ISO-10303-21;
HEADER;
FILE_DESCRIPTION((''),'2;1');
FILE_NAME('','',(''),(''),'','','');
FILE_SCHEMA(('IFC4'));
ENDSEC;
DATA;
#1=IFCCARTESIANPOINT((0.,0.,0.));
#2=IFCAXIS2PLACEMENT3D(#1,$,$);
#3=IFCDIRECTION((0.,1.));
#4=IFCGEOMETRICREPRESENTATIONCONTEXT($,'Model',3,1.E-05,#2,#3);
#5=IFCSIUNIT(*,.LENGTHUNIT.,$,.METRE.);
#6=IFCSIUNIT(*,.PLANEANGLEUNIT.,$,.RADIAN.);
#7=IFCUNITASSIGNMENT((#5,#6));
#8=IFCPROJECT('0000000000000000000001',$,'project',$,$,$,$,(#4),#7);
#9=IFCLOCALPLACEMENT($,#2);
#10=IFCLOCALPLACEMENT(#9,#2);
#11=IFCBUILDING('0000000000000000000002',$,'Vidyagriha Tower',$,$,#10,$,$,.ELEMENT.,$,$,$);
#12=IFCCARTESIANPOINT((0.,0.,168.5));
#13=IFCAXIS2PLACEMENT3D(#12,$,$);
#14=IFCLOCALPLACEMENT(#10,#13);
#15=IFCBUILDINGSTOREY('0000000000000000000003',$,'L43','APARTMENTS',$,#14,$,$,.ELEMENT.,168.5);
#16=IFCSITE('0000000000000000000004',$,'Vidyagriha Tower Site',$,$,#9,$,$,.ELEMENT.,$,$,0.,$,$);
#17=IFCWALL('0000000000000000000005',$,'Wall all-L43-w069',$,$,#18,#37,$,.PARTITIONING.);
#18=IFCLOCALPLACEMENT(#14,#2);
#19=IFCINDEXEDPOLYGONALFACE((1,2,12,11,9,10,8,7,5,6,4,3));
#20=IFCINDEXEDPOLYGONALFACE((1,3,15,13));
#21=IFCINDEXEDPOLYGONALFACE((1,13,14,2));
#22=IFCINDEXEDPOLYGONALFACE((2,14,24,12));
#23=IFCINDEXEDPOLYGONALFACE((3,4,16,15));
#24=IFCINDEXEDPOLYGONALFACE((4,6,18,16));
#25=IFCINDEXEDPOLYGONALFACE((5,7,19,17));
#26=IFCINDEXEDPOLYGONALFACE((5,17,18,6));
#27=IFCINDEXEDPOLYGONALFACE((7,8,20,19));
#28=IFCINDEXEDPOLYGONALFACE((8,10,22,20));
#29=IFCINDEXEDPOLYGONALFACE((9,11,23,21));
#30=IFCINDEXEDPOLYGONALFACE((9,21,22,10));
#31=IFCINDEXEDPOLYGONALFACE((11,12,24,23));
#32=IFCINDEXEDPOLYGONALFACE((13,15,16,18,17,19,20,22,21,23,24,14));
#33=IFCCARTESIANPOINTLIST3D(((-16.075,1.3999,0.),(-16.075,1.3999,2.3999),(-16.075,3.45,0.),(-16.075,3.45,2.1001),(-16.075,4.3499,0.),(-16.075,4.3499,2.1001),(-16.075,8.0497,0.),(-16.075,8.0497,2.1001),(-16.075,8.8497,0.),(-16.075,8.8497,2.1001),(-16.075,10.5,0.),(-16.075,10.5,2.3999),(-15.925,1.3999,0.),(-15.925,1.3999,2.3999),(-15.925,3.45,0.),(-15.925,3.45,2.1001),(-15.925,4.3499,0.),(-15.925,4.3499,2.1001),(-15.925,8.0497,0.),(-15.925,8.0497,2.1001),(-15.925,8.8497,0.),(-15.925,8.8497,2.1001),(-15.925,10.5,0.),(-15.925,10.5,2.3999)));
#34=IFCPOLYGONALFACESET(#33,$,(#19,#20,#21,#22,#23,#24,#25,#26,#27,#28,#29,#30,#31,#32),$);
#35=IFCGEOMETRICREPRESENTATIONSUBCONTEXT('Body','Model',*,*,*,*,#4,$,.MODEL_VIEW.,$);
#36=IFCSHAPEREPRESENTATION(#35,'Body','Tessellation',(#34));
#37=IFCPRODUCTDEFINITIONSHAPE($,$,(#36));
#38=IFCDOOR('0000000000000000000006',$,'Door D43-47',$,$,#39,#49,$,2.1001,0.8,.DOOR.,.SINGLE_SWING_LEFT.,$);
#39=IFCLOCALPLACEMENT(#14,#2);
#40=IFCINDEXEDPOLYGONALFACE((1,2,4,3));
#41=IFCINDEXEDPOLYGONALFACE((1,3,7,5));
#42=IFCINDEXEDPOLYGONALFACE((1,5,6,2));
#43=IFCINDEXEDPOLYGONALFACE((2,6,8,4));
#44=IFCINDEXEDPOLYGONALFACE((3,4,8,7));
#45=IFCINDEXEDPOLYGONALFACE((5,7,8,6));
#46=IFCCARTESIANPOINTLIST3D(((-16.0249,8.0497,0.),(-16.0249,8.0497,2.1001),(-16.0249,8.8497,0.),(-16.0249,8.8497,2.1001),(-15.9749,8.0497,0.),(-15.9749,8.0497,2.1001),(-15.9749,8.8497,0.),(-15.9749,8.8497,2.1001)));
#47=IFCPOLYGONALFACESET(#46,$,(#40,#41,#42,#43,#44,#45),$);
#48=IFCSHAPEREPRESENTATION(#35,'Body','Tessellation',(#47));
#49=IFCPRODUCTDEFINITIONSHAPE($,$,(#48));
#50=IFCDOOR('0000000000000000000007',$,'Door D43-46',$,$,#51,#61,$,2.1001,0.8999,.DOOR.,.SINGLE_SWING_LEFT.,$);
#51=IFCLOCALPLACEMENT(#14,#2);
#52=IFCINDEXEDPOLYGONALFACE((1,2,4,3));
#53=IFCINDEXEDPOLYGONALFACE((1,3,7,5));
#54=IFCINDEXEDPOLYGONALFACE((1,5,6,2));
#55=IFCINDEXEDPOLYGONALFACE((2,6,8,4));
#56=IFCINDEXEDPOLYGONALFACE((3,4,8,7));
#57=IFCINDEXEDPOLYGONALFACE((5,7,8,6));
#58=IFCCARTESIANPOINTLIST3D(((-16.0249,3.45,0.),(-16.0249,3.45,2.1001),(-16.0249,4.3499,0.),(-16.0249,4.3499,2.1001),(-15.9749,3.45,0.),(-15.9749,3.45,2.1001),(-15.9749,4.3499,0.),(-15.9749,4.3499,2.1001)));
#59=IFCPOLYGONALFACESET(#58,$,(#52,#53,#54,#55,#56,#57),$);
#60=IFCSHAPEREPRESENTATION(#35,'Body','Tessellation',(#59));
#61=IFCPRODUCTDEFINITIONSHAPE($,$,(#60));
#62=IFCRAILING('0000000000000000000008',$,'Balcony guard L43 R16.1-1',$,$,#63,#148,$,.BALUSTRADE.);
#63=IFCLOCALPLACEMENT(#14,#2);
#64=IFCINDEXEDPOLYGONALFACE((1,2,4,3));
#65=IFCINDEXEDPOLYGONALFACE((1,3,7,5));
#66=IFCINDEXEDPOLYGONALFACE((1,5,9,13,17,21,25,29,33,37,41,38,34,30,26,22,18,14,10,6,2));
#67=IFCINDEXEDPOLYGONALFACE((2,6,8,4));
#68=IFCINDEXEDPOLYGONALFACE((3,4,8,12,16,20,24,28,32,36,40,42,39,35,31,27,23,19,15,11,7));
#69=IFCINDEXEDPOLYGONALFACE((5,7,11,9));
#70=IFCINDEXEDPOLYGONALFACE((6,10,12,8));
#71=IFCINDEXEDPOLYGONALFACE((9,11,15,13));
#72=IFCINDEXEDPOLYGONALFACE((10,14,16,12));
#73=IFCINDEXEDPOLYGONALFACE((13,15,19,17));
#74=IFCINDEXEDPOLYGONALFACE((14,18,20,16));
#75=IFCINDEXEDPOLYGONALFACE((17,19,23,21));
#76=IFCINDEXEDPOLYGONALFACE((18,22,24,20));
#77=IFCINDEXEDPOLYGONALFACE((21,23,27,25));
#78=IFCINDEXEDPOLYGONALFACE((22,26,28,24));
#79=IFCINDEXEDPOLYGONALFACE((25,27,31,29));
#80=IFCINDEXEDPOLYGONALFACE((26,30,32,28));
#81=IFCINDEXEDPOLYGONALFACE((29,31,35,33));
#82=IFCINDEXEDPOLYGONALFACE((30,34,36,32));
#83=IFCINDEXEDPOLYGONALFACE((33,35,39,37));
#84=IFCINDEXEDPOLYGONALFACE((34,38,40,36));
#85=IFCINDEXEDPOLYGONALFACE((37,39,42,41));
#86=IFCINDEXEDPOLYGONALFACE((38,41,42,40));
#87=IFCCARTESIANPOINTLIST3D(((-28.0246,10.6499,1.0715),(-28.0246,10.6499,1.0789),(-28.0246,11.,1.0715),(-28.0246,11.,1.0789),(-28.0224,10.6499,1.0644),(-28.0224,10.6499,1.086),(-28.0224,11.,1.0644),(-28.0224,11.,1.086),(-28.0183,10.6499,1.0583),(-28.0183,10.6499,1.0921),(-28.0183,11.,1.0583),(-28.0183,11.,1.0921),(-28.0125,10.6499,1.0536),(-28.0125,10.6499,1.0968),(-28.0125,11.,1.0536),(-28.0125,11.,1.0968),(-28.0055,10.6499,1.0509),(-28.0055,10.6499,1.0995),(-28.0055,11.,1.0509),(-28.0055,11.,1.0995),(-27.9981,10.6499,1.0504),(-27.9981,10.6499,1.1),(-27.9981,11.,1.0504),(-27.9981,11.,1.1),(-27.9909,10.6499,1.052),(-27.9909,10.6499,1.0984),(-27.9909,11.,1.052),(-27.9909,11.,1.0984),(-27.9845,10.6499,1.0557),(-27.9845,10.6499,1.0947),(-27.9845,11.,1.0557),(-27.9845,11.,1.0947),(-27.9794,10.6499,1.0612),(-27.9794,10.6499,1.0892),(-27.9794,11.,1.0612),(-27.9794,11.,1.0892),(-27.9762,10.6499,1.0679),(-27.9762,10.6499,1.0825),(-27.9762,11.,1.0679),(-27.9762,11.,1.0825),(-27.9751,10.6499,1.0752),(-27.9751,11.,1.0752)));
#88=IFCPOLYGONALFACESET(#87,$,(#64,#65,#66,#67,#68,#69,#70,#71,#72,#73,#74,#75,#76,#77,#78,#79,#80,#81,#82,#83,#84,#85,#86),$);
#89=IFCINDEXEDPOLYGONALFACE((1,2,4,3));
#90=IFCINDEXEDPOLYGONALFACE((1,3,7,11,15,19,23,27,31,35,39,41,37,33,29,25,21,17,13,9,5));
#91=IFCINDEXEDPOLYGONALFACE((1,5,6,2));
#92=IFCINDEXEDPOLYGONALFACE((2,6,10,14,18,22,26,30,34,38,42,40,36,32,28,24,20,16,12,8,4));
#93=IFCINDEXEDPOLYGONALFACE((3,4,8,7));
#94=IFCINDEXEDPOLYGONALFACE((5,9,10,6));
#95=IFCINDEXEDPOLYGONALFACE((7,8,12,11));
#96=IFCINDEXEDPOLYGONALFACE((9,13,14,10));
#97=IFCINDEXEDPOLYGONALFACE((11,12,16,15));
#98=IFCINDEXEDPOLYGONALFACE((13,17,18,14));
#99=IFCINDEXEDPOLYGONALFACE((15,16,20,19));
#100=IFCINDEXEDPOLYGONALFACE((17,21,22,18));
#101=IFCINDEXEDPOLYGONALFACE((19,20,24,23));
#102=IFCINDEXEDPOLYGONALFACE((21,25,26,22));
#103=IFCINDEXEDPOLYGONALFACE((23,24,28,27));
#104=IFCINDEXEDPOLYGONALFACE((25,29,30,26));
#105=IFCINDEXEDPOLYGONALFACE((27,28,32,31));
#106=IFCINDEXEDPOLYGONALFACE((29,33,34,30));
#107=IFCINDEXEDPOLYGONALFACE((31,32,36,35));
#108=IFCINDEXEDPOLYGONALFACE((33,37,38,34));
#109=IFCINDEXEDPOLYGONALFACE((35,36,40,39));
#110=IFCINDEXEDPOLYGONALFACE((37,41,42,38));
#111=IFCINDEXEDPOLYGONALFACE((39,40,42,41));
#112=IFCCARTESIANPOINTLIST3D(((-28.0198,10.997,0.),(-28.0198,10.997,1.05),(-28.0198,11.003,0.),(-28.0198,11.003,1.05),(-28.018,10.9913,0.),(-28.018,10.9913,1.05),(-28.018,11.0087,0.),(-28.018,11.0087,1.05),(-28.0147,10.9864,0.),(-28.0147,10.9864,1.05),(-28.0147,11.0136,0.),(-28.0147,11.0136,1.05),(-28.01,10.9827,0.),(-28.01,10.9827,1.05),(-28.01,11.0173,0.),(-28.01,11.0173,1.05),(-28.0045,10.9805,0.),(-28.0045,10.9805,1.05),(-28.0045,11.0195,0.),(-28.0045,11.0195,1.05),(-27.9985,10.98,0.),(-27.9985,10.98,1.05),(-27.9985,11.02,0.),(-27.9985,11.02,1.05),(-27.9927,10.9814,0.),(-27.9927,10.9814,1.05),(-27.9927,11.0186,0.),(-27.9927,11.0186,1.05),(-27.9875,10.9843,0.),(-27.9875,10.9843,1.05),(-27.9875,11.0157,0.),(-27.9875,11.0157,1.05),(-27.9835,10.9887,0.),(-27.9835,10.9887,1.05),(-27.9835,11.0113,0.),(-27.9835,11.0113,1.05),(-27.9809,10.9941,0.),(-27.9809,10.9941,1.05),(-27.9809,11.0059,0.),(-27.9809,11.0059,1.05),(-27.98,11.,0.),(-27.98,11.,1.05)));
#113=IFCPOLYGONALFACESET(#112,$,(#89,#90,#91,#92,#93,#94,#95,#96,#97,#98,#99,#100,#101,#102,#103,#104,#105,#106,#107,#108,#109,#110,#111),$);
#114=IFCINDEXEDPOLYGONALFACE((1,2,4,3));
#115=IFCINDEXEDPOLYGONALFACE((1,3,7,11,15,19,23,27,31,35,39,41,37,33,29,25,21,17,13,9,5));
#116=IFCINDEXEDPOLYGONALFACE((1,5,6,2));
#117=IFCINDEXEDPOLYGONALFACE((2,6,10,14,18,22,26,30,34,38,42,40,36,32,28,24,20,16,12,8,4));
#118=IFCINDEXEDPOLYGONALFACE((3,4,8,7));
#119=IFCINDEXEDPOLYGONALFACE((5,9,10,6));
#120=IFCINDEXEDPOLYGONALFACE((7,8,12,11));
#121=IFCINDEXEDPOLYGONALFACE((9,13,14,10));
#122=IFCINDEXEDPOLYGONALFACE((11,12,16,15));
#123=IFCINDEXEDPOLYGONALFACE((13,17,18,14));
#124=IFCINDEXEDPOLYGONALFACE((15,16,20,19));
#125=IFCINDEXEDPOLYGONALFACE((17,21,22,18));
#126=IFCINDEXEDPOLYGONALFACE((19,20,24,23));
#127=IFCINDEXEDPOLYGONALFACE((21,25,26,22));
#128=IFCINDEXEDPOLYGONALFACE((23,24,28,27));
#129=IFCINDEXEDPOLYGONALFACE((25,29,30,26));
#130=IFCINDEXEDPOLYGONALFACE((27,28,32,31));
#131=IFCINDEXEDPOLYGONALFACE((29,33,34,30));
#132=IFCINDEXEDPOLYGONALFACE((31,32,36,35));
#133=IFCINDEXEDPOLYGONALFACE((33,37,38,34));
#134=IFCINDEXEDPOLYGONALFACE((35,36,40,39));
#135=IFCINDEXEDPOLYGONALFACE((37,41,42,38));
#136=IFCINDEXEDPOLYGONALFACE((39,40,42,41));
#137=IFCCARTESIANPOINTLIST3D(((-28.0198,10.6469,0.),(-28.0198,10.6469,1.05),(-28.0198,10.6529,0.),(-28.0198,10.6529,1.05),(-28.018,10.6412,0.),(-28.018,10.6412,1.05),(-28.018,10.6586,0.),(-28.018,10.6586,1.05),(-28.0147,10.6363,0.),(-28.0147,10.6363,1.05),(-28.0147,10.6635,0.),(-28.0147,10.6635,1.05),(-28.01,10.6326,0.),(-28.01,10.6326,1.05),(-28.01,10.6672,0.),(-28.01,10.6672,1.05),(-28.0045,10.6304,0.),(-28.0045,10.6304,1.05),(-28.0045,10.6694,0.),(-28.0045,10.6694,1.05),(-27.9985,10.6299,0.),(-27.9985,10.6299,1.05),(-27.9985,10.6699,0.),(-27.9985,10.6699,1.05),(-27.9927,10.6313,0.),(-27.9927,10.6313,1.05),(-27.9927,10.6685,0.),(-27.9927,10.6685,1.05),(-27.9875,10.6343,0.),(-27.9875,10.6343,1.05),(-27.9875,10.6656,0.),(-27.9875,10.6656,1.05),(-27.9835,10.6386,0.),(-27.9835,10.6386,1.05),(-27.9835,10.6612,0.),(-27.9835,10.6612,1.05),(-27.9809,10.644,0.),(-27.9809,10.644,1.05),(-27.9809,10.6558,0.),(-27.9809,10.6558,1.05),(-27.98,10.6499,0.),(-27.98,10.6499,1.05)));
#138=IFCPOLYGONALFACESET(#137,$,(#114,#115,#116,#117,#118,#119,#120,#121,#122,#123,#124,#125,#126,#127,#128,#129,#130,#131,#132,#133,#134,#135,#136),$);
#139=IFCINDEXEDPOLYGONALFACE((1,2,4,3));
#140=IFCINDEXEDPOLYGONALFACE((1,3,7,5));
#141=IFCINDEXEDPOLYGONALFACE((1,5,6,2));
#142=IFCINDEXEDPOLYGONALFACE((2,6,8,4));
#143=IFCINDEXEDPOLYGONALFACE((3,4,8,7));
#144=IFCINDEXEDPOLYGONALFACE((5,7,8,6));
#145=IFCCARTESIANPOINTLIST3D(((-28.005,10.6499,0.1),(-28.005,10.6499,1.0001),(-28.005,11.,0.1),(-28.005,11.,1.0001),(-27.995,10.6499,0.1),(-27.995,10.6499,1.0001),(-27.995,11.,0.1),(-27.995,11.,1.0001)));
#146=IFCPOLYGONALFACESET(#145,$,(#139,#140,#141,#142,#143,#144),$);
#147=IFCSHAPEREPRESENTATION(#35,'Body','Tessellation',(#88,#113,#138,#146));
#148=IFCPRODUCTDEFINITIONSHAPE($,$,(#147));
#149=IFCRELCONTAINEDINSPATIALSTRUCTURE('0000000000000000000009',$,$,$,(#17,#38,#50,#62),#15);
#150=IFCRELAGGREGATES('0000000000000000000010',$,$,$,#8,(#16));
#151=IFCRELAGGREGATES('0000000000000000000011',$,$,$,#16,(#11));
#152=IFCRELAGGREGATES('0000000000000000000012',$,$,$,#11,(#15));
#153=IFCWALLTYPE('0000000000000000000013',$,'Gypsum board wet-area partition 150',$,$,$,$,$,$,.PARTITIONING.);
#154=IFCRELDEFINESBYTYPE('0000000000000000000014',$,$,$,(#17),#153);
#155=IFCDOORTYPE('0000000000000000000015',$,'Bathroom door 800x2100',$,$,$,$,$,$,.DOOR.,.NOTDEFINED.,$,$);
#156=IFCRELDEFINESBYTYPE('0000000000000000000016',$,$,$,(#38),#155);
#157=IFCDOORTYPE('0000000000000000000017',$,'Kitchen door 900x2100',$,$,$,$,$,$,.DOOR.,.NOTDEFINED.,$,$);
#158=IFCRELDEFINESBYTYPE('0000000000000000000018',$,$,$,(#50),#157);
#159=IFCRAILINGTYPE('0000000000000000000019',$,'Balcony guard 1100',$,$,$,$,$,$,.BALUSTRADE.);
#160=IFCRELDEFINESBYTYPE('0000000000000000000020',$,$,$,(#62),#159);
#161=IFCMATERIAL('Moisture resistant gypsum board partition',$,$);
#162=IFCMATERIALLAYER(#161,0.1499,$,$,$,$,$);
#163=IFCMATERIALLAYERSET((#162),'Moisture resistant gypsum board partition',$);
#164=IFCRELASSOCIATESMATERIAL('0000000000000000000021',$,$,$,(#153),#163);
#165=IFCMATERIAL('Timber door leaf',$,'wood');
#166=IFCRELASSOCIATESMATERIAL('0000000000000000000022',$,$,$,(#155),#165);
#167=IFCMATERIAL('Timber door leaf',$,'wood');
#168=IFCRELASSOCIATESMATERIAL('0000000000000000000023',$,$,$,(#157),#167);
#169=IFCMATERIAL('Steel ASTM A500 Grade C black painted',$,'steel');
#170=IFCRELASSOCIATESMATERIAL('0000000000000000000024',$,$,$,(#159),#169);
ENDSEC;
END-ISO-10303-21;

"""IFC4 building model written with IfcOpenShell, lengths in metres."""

from ifc_helpers import new_model, si_unit, direction, frame, frame_2d, origin, origin_2d, place, context, subcontext, project, spatial, rectangle, circle, extrude, material, layer, layer_set, type_object, element, fill, save


model = new_model("IFC4")

# Units and contexts
model_context = context("Model", 3, precision=1e-05, world=origin(), true_north=direction((0.0, 1.0)))
body_context = subcontext(model_context, "Body", "Model", "MODEL_VIEW")
ifc_project = project(units=[si_unit("LENGTHUNIT", "METRE"), si_unit("PLANEANGLEUNIT", "RADIAN")], contexts=[model_context])

# Site, building, storey
site_placement = place(None, origin())
site = spatial("IfcSite", under=ifc_project, at=site_placement, Name="Vidyagriha Tower Site", CompositionType="ELEMENT", RefElevation=0.0)
building_placement = place(site_placement, origin())
building = spatial("IfcBuilding", under=site, at=building_placement, Name="Vidyagriha Tower", CompositionType="ELEMENT")
storey_placement = place(building_placement, frame((0.0, 0.0, 168.5)))
storey = spatial("IfcBuildingStorey", under=building, at=storey_placement, Name="L43", Description="APARTMENTS", CompositionType="ELEMENT", Elevation=168.5)

# Wall, openings, doors
ifc_material_1 = material(Name="Moisture resistant gypsum board partition")
ifc_layer_1 = layer(ifc_material_1, 0.1499)
ifc_layer_set_1 = layer_set([ifc_layer_1], Name="Moisture resistant gypsum board partition")
wall_type_1 = type_object("IfcWallType", Name="Gypsum board wet-area partition 150", PredefinedType="PARTITIONING", material=ifc_layer_set_1)
wall_1_placement = place(storey_placement, frame((-16.0, 1.3999, 0.0), z_axis=(0.0, 0.0, 1.0), x_axis=(0.0, 1.0, 0.0)))
wall_1 = element("IfcWall", 1, at=wall_1_placement, inside=storey, type_object=wall_type_1, Name="Wall all-L43-w069", PredefinedType="PARTITIONING", context=body_context, shape_type="SweptSolid", body=[
    extrude(rectangle(XDim=9.1001, YDim=0.1499, at=frame_2d((4.55, 0.0))), origin(), (0.0, 0.0, 1.0), 2.3999),
])
opening_1_placement = place(wall_1_placement, frame((2.05, 0.0, 0.0)))
opening_1 = element("IfcOpeningElement", 2, at=opening_1_placement, cuts=wall_1, PredefinedType="OPENING", context=body_context, shape_type="SweptSolid", body=[
    extrude(rectangle(XDim=0.8999, YDim=2.1001, at=frame_2d((0.45, 1.05))), frame((0.0, 0.085, 0.0), z_axis=(0.0, -1.0, 0.0), x_axis=(1.0, 0.0, 0.0)), (0.0, 0.0, 1.0), 0.1699),
])
opening_2_placement = place(wall_1_placement, frame((6.6499, 0.0, 0.0)))
opening_2 = element("IfcOpeningElement", 3, at=opening_2_placement, cuts=wall_1, PredefinedType="OPENING", context=body_context, shape_type="SweptSolid", body=[
    extrude(rectangle(XDim=0.8, YDim=2.1001, at=frame_2d((0.3999, 1.05))), frame((0.0, 0.085, 0.0), z_axis=(0.0, -1.0, 0.0), x_axis=(1.0, 0.0, 0.0)), (0.0, 0.0, 1.0), 0.1699),
])
ifc_material_2 = material(Name="Timber door leaf", Category="wood")
door_type_1 = type_object("IfcDoorType", Name="Bathroom door 800x2100", OperationType="NOTDEFINED", PredefinedType="DOOR", material=ifc_material_2)
door_1_placement = place(opening_2_placement, origin())
door_1 = element("IfcDoor", 4, at=door_1_placement, inside=storey, type_object=door_type_1, Name="Door D43-47", OperationType="SINGLE_SWING_LEFT", OverallHeight=2.1001, OverallWidth=0.8, PredefinedType="DOOR", context=body_context, shape_type="SweptSolid", body=[
    extrude(rectangle(XDim=0.8, YDim=2.1001, at=frame_2d((0.3999, 1.05))), frame((0.0, 0.0249, 0.0), z_axis=(0.0, -1.0, 0.0), x_axis=(1.0, 0.0, 0.0)), (0.0, 0.0, 1.0), 0.05),
])
fill(opening_2, door_1)
ifc_material_3 = material(Name="Timber door leaf", Category="wood")
door_type_2 = type_object("IfcDoorType", Name="Kitchen door 900x2100", OperationType="NOTDEFINED", PredefinedType="DOOR", material=ifc_material_3)
door_2_placement = place(opening_1_placement, origin())
door_2 = element("IfcDoor", 5, at=door_2_placement, inside=storey, type_object=door_type_2, Name="Door D43-46", OperationType="SINGLE_SWING_LEFT", OverallHeight=2.1001, OverallWidth=0.8999, PredefinedType="DOOR", context=body_context, shape_type="SweptSolid", body=[
    extrude(rectangle(XDim=0.8999, YDim=2.1001, at=frame_2d((0.45, 1.05))), frame((0.0, 0.0249, 0.0), z_axis=(0.0, -1.0, 0.0), x_axis=(1.0, 0.0, 0.0)), (0.0, 0.0, 1.0), 0.05),
])
fill(opening_1, door_2)

# Railing
ifc_material_4 = material(Name="Steel ASTM A500 Grade C black painted", Category="steel")
railing_type = type_object("IfcRailingType", Name="Balcony guard 1100", PredefinedType="BALUSTRADE", material=ifc_material_4)
railing_1_placement = place(storey_placement, frame((-28.0, 11.0, 0.0)))
element("IfcRailing", 6, at=railing_1_placement, inside=storey, type_object=railing_type, Name="Balcony guard L43 R16.1-1", PredefinedType="BALUSTRADE", context=body_context, shape_type="SweptSolid", body=[
    extrude(circle(Radius=0.0249, at=origin_2d()), frame((0.0, 0.0, 1.0752), z_axis=(0.0, -1.0, 0.0), x_axis=(1.0, 0.0, 0.0)), (0.0, 0.0, 1.0), 0.3501),
    extrude(circle(Radius=0.02, at=origin_2d()), origin(), (0.0, 0.0, 1.0), 1.05),
    extrude(circle(Radius=0.02, at=origin_2d()), frame((0.0, -0.3501, 0.0)), (0.0, 0.0, 1.0), 1.05),
    extrude(rectangle(XDim=0.01, YDim=0.9001, at=origin_2d()), frame((0.0, 0.0, 0.55), z_axis=(0.0, -1.0, 0.0), x_axis=(1.0, 0.0, 0.0)), (0.0, 0.0, 1.0), 0.3501),
])

save(model, "model.ifc")
